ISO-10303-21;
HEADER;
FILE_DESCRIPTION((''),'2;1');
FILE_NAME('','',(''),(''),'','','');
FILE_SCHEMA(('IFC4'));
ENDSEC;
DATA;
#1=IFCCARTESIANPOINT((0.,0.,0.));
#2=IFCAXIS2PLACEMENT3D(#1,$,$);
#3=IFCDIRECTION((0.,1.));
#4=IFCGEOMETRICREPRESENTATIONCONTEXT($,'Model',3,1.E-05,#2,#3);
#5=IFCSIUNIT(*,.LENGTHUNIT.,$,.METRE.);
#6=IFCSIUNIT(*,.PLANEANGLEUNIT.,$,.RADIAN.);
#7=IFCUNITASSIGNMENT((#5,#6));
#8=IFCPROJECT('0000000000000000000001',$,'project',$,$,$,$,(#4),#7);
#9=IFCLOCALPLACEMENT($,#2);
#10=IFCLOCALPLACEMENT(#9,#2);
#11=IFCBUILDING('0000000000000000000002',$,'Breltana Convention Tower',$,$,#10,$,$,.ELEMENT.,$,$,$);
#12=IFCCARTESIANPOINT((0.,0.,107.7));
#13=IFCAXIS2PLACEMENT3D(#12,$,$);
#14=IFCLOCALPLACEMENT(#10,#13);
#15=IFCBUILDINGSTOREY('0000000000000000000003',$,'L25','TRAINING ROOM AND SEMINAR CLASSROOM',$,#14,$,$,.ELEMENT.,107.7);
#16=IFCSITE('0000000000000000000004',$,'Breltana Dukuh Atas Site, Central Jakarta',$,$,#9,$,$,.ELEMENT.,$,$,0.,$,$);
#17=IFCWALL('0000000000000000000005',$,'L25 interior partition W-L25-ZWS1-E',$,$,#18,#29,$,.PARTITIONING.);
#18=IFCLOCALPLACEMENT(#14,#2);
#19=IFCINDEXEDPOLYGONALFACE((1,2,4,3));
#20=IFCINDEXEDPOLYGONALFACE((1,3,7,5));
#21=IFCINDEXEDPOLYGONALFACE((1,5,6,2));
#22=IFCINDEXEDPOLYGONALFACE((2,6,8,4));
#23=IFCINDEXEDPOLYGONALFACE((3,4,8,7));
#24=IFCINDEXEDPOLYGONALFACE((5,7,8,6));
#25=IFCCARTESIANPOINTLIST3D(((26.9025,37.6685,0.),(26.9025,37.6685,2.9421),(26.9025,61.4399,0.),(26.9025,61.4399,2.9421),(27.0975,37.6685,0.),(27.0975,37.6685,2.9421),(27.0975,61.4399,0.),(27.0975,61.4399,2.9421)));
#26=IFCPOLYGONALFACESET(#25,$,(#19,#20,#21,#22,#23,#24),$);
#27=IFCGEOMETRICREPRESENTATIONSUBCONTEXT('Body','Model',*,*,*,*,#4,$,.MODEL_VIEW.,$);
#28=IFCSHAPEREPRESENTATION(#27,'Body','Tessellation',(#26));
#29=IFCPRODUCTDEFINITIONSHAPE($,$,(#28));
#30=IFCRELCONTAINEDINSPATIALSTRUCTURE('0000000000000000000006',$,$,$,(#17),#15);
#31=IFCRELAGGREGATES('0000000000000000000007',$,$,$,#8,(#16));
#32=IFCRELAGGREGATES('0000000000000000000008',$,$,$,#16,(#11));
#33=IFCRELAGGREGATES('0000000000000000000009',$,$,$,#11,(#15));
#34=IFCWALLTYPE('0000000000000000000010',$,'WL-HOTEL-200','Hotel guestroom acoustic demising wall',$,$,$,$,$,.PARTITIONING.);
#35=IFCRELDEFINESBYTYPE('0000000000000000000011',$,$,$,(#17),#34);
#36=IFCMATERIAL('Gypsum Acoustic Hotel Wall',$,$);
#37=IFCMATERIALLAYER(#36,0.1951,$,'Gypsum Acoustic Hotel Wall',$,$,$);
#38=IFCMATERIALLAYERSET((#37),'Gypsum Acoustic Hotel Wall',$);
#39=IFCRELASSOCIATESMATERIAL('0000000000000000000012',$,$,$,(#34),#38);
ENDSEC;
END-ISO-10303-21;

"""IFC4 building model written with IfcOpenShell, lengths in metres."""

from ifc_helpers import new_model, si_unit, direction, frame, frame_2d, origin, place, context, subcontext, project, spatial, rectangle, extrude, source, transform, mapped, material, layer, layer_set, type_object, element, save


model = new_model("IFC4")

# Units and contexts
model_context = context("Model", 3, precision=1e-05, world=origin(), true_north=direction((0.0, 1.0)))
body_context = subcontext(model_context, "Body", "Model", "MODEL_VIEW")
ifc_project = project(units=[si_unit("LENGTHUNIT", "METRE"), si_unit("PLANEANGLEUNIT", "RADIAN")], contexts=[model_context])

# Site, building, storey
site_placement = place(None, origin())
site = spatial("IfcSite", under=ifc_project, at=site_placement, Name="Breltana Dukuh Atas Site, Central Jakarta", CompositionType="ELEMENT", RefElevation=0.0)
building_placement = place(site_placement, origin())
building = spatial("IfcBuilding", under=site, at=building_placement, Name="Breltana Convention Tower", CompositionType="ELEMENT")
storey_placement = place(building_placement, frame((0.0, 0.0, 107.7)))
storey = spatial("IfcBuildingStorey", under=building, at=storey_placement, Name="L25", Description="TRAINING ROOM AND SEMINAR CLASSROOM", CompositionType="ELEMENT", Elevation=107.7)

# Wall
ifc_material_1 = material(Name="Gypsum Acoustic Hotel Wall")
ifc_layer_1 = layer(ifc_material_1, 0.1951, Name="Gypsum Acoustic Hotel Wall")
ifc_layer_set_1 = layer_set([ifc_layer_1], Name="Gypsum Acoustic Hotel Wall")
wall_type_1 = type_object("IfcWallType", Name="WL-HOTEL-200", Description="Hotel guestroom acoustic demising wall", PredefinedType="PARTITIONING", material=ifc_layer_set_1)
shared_shape_1 = source(origin(), body_context, "Body", "SweptSolid", [
    extrude(rectangle(XDim=23.7715, YDim=0.1951, at=frame_2d((11.8857, 0.0))), origin(), (0.0, 0.0, 1.0), 2.9421),
])
wall_1_placement = place(storey_placement, frame((27.0, 37.6685, 0.0), z_axis=(0.0, 0.0, 1.0), x_axis=(0.0, 1.0, 0.0)))
element("IfcWall", 1, at=wall_1_placement, inside=storey, type_object=wall_type_1, Name="L25 interior partition W-L25-ZWS1-E", PredefinedType="PARTITIONING", context=body_context, shape_type="MappedRepresentation", body=[
    mapped(shared_shape_1, transform((0.0, 0.0, 0.0), scale=1.0)),
])

save(model, "model.ifc")
